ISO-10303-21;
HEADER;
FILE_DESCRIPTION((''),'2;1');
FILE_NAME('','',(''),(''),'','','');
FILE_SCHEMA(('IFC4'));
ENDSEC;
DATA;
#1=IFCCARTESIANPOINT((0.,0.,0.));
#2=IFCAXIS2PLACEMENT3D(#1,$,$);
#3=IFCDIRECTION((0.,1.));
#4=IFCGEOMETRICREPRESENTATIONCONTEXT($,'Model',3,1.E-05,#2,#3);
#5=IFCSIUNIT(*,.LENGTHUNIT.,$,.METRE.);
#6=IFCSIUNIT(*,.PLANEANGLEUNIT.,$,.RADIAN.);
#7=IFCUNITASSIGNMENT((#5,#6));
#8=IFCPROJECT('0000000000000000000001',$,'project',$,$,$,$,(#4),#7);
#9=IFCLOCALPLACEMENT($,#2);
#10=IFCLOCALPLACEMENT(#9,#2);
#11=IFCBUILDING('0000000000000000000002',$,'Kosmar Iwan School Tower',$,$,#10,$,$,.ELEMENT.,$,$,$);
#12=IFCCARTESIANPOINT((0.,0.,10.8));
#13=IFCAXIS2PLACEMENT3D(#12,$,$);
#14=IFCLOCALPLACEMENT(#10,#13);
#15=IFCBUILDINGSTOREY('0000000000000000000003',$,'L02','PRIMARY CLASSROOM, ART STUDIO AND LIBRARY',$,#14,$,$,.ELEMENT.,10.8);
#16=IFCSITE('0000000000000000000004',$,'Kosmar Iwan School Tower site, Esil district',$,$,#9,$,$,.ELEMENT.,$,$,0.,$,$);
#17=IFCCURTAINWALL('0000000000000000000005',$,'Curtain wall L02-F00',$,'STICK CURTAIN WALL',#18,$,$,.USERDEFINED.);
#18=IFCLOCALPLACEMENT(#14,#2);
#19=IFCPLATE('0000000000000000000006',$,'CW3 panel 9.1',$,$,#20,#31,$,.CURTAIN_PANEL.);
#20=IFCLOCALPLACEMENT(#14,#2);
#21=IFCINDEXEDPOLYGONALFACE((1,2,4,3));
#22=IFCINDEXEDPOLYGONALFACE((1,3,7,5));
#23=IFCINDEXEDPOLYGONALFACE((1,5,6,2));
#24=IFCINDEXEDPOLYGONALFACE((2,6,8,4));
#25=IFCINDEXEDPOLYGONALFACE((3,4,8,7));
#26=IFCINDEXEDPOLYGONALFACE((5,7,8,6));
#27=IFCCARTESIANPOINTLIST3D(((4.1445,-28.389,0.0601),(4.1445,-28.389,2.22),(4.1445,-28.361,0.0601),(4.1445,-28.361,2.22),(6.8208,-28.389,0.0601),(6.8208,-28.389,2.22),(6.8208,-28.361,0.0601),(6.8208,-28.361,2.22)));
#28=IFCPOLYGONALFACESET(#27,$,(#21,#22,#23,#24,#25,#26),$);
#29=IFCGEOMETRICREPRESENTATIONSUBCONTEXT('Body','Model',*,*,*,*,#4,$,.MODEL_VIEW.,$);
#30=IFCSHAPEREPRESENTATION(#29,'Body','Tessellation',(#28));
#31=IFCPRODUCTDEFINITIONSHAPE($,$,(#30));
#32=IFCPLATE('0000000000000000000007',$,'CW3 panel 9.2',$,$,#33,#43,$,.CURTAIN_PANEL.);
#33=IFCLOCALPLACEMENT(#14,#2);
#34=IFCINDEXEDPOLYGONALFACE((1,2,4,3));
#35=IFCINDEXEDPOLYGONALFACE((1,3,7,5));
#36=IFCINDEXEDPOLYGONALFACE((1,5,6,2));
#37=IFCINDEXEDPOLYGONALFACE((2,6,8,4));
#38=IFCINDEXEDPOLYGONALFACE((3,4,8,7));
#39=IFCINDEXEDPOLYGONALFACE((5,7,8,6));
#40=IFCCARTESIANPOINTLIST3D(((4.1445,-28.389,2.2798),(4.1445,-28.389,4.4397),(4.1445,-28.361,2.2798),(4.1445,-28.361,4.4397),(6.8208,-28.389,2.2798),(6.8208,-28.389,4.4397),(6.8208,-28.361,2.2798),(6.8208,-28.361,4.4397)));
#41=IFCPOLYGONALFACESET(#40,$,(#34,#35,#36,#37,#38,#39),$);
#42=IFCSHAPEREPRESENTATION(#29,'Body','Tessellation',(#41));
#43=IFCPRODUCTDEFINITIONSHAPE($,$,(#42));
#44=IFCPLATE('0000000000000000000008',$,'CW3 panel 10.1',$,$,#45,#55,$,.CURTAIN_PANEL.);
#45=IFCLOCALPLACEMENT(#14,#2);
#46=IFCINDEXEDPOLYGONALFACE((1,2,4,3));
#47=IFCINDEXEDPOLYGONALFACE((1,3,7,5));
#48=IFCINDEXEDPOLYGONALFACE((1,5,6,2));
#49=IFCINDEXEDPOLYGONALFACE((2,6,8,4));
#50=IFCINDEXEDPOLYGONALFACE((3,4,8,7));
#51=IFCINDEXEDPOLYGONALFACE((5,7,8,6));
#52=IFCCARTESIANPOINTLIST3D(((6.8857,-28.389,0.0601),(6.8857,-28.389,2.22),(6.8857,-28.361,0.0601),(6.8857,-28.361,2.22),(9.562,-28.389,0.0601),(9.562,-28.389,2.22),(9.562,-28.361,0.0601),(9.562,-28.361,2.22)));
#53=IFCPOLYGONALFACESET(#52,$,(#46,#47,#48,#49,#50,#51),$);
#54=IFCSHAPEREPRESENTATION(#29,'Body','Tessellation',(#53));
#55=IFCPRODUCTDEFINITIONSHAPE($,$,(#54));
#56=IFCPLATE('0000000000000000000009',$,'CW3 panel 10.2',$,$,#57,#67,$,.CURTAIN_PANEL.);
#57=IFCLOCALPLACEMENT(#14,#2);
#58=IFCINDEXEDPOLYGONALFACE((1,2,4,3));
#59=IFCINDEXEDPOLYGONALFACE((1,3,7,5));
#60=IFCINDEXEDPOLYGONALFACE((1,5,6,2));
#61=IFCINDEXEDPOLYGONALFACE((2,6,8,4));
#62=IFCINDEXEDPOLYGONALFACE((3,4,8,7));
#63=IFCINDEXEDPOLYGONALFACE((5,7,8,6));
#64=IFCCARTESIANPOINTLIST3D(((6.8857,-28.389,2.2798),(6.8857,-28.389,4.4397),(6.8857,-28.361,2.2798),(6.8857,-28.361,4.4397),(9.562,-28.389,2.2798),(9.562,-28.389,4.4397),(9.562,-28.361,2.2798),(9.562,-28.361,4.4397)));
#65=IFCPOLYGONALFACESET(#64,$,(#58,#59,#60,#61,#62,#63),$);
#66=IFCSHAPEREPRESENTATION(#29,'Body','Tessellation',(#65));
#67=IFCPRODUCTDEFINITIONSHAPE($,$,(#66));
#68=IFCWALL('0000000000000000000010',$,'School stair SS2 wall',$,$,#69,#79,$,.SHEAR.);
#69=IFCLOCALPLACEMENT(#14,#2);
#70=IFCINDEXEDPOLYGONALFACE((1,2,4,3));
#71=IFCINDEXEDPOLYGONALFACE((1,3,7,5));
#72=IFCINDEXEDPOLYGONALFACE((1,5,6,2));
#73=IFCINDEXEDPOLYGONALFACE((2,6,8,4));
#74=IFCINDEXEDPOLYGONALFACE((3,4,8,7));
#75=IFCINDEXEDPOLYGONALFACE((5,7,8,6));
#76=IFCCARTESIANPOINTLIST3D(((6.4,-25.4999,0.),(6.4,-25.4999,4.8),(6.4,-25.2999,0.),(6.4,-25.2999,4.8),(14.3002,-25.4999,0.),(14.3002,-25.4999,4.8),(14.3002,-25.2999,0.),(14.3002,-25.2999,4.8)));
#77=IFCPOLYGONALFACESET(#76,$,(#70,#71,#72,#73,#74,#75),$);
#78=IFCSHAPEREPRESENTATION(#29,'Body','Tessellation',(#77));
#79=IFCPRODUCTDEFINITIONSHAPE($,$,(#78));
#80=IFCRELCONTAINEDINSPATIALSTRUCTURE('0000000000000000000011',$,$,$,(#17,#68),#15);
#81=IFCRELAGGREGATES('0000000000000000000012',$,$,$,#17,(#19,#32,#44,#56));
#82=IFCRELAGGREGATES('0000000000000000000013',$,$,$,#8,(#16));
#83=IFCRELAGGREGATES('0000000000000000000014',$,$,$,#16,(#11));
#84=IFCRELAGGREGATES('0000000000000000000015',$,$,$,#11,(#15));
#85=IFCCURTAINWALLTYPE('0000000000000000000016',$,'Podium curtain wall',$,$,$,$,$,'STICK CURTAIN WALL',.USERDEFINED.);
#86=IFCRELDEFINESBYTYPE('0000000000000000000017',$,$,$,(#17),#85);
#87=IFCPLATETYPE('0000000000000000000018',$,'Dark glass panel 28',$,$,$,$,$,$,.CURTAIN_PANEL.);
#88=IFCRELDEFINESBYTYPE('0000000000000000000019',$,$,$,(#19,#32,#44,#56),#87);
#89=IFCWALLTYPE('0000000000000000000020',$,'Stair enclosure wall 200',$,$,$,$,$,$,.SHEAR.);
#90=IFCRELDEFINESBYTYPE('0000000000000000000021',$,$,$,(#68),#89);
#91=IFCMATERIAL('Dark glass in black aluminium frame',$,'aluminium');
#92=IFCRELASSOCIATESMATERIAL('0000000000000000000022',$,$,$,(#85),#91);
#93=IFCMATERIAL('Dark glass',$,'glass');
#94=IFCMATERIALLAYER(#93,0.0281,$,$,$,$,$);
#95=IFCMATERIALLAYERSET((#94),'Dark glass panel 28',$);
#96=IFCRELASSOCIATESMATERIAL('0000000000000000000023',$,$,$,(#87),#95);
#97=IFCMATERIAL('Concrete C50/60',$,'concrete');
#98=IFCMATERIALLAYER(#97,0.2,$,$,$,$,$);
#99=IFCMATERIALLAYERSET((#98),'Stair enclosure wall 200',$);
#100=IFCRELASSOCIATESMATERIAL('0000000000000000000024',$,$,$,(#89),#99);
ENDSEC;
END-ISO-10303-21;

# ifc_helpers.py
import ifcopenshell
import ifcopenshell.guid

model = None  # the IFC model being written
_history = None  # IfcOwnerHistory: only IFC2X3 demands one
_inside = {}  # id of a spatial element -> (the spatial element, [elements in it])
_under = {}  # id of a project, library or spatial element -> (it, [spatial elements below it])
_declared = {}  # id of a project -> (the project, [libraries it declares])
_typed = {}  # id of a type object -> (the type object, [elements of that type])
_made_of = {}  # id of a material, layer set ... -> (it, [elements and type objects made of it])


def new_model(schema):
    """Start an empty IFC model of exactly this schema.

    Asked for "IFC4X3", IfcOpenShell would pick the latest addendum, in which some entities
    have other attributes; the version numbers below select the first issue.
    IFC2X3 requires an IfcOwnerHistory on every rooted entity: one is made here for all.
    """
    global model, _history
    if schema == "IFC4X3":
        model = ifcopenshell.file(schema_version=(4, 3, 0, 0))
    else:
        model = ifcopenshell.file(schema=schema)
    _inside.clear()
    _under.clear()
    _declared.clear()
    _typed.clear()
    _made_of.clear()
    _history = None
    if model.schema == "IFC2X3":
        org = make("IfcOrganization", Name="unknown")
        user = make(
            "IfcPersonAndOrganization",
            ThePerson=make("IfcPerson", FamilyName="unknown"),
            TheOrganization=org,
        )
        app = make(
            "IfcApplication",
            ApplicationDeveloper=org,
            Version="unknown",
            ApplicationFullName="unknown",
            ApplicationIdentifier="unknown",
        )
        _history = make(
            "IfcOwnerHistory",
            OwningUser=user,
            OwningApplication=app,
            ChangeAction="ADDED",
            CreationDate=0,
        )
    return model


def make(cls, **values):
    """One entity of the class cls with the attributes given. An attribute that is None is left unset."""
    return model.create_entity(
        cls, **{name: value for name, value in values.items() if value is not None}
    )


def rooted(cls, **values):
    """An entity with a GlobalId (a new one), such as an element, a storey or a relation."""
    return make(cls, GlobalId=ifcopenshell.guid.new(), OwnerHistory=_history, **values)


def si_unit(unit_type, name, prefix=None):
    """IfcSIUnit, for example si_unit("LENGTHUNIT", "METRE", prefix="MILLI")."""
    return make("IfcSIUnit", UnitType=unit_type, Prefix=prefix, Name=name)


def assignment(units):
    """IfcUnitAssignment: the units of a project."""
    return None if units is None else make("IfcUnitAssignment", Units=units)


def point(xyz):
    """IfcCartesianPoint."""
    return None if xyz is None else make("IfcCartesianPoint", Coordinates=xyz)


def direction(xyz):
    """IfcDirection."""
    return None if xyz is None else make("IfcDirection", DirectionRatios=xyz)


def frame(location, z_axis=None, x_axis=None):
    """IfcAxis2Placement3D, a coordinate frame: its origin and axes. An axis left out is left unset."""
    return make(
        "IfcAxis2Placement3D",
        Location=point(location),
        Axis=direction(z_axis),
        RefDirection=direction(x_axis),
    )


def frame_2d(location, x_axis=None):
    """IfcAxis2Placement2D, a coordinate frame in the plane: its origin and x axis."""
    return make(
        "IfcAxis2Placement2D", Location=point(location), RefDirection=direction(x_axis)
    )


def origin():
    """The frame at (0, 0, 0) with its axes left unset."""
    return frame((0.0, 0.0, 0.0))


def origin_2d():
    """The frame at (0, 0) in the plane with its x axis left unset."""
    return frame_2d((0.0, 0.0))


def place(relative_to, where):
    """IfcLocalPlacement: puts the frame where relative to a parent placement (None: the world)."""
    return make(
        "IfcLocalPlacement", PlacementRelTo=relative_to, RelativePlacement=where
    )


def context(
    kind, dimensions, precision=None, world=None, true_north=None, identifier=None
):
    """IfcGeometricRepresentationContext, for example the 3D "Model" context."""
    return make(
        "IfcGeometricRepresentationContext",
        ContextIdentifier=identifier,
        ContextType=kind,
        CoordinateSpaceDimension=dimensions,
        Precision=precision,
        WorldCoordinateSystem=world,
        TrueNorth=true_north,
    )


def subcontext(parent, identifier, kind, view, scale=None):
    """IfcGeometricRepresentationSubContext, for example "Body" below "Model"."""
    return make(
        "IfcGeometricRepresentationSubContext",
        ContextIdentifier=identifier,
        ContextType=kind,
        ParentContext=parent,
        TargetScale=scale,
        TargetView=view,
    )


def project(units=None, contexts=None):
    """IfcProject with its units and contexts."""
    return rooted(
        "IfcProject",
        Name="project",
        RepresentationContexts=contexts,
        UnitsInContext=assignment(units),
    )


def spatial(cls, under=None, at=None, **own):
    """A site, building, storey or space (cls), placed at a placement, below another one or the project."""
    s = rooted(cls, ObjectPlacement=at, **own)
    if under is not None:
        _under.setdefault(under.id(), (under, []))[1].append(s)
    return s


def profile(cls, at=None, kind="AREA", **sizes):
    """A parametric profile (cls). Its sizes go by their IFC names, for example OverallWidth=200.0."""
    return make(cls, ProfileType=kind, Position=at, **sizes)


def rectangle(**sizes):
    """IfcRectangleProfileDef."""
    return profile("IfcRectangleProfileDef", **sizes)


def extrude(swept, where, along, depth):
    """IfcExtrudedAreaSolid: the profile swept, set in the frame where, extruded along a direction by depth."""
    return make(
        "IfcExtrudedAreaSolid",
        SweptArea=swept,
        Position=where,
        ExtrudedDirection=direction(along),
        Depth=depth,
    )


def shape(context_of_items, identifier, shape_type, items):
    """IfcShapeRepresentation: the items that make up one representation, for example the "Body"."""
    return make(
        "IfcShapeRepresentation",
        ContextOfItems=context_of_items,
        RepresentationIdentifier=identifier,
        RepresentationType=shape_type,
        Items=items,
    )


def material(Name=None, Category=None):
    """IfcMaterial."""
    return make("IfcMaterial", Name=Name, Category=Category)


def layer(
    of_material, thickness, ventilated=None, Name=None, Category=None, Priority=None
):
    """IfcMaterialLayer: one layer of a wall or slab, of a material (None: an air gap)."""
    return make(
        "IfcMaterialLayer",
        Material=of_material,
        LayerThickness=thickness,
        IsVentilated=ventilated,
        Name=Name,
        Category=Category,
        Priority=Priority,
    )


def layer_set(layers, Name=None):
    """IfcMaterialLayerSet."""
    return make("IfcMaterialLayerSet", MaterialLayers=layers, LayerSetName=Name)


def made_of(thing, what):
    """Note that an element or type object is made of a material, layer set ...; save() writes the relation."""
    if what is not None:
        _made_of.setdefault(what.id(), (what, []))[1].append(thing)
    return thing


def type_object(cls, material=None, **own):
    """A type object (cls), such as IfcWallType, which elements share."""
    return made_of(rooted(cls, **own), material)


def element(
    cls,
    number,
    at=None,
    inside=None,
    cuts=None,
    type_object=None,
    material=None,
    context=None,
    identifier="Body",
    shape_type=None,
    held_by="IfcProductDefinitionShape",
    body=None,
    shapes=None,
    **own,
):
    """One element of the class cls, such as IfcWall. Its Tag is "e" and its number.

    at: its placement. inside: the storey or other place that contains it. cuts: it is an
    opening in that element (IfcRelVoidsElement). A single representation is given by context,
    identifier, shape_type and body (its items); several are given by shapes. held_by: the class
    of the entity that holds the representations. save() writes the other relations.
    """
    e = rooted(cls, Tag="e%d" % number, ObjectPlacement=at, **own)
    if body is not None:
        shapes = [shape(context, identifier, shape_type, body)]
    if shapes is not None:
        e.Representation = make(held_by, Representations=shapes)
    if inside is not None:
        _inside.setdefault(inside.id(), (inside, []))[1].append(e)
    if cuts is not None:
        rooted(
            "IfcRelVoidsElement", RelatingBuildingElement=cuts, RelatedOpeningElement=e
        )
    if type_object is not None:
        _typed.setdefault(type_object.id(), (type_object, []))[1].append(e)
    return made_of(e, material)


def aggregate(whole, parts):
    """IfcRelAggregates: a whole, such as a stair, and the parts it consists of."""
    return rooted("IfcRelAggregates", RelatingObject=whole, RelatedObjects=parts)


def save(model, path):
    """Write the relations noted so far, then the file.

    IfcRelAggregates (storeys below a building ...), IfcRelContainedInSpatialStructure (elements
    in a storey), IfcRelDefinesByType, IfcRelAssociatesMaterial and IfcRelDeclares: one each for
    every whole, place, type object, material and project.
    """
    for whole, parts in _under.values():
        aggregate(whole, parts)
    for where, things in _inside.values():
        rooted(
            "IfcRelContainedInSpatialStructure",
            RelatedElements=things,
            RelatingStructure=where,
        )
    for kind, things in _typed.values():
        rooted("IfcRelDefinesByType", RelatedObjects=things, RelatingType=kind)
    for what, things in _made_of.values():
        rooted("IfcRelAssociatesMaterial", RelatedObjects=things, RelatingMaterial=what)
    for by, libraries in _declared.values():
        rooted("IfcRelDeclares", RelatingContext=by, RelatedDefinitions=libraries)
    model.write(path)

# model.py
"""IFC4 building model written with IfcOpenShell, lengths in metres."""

from ifc_helpers import new_model, si_unit, direction, frame, frame_2d, origin, origin_2d, place, context, subcontext, project, spatial, rectangle, extrude, material, layer, layer_set, type_object, element, aggregate, save


model = new_model("IFC4")

# Units and contexts
model_context = context("Model", 3, precision=1e-05, world=origin(), true_north=direction((0.0, 1.0)))
body_context = subcontext(model_context, "Body", "Model", "MODEL_VIEW")
ifc_project = project(units=[si_unit("LENGTHUNIT", "METRE"), si_unit("PLANEANGLEUNIT", "RADIAN")], contexts=[model_context])

# Site, building, storey
site_placement = place(None, origin())
site = spatial("IfcSite", under=ifc_project, at=site_placement, Name="Kosmar Iwan School Tower site, Esil district", CompositionType="ELEMENT", RefElevation=0.0)
building_placement = place(site_placement, origin())
building = spatial("IfcBuilding", under=site, at=building_placement, Name="Kosmar Iwan School Tower", CompositionType="ELEMENT")
storey_placement = place(building_placement, frame((0.0, 0.0, 10.8)))
storey = spatial("IfcBuildingStorey", under=building, at=storey_placement, Name="L02", Description="PRIMARY CLASSROOM, ART STUDIO AND LIBRARY", CompositionType="ELEMENT", Elevation=10.8)

# Curtain wall, plates
ifc_material_1 = material(Name="Dark glass in black aluminium frame", Category="aluminium")
curtain_wall_type = type_object("IfcCurtainWallType", Name="Podium curtain wall", ElementType="STICK CURTAIN WALL", PredefinedType="USERDEFINED", material=ifc_material_1)
curtain_wall_placement = place(storey_placement, origin())
curtain_wall = element("IfcCurtainWall", 1, at=curtain_wall_placement, inside=storey, type_object=curtain_wall_type, Name="Curtain wall L02-F00", ObjectType="STICK CURTAIN WALL", PredefinedType="USERDEFINED")
ifc_material_2 = material(Name="Dark glass", Category="glass")
ifc_layer_1 = layer(ifc_material_2, 0.0281)
ifc_layer_set_1 = layer_set([ifc_layer_1], Name="Dark glass panel 28")
plate_type = type_object("IfcPlateType", Name="Dark glass panel 28", PredefinedType="CURTAIN_PANEL", material=ifc_layer_set_1)
plate_1_placement = place(storey_placement, frame((5.4827, -28.375, 0.0601), z_axis=(0.0, 0.0, 1.0), x_axis=(1.0, 0.0, 0.0)))
plate_1 = element("IfcPlate", 2, at=plate_1_placement, type_object=plate_type, Name="CW3 panel 9.1", PredefinedType="CURTAIN_PANEL", context=body_context, shape_type="SweptSolid", body=[
    extrude(rectangle(XDim=2.6763, YDim=0.0281, at=origin_2d()), origin(), (0.0, 0.0, 1.0), 2.1599),
])
plate_2_placement = place(storey_placement, frame((5.4827, -28.375, 2.2798), z_axis=(0.0, 0.0, 1.0), x_axis=(1.0, 0.0, 0.0)))
plate_2 = element("IfcPlate", 3, at=plate_2_placement, type_object=plate_type, Name="CW3 panel 9.2", PredefinedType="CURTAIN_PANEL", context=body_context, shape_type="SweptSolid", body=[
    extrude(rectangle(XDim=2.6763, YDim=0.0281, at=origin_2d()), origin(), (0.0, 0.0, 1.0), 2.1599),
])
plate_3_placement = place(storey_placement, frame((8.2239, -28.375, 0.0601), z_axis=(0.0, 0.0, 1.0), x_axis=(1.0, 0.0, 0.0)))
plate_3 = element("IfcPlate", 4, at=plate_3_placement, type_object=plate_type, Name="CW3 panel 10.1", PredefinedType="CURTAIN_PANEL", context=body_context, shape_type="SweptSolid", body=[
    extrude(rectangle(XDim=2.6763, YDim=0.0281, at=origin_2d()), origin(), (0.0, 0.0, 1.0), 2.1599),
])
plate_4_placement = place(storey_placement, frame((8.2239, -28.375, 2.2798), z_axis=(0.0, 0.0, 1.0), x_axis=(1.0, 0.0, 0.0)))
plate_4 = element("IfcPlate", 5, at=plate_4_placement, type_object=plate_type, Name="CW3 panel 10.2", PredefinedType="CURTAIN_PANEL", context=body_context, shape_type="SweptSolid", body=[
    extrude(rectangle(XDim=2.6763, YDim=0.0281, at=origin_2d()), origin(), (0.0, 0.0, 1.0), 2.1599),
])
aggregate(curtain_wall, [plate_1, plate_2, plate_3, plate_4])

# Wall
ifc_material_3 = material(Name="Concrete C50/60", Category="concrete")
ifc_layer_2 = layer(ifc_material_3, 0.2)
ifc_layer_set_2 = layer_set([ifc_layer_2], Name="Stair enclosure wall 200")
wall_type = type_object("IfcWallType", Name="Stair enclosure wall 200", PredefinedType="SHEAR", material=ifc_layer_set_2)
wall_placement = place(storey_placement, frame((6.3999, -25.3999, 0.0), z_axis=(0.0, 0.0, 1.0), x_axis=(1.0, 0.0, 0.0)))
element("IfcWall", 6, at=wall_placement, inside=storey, type_object=wall_type, Name="School stair SS2 wall", PredefinedType="SHEAR", context=body_context, shape_type="SweptSolid", body=[
    extrude(rectangle(XDim=7.9001, YDim=0.2, at=frame_2d((3.9502, 0.0))), origin(), (0.0, 0.0, 1.0), 4.8),
])

save(model, "model.ifc")
